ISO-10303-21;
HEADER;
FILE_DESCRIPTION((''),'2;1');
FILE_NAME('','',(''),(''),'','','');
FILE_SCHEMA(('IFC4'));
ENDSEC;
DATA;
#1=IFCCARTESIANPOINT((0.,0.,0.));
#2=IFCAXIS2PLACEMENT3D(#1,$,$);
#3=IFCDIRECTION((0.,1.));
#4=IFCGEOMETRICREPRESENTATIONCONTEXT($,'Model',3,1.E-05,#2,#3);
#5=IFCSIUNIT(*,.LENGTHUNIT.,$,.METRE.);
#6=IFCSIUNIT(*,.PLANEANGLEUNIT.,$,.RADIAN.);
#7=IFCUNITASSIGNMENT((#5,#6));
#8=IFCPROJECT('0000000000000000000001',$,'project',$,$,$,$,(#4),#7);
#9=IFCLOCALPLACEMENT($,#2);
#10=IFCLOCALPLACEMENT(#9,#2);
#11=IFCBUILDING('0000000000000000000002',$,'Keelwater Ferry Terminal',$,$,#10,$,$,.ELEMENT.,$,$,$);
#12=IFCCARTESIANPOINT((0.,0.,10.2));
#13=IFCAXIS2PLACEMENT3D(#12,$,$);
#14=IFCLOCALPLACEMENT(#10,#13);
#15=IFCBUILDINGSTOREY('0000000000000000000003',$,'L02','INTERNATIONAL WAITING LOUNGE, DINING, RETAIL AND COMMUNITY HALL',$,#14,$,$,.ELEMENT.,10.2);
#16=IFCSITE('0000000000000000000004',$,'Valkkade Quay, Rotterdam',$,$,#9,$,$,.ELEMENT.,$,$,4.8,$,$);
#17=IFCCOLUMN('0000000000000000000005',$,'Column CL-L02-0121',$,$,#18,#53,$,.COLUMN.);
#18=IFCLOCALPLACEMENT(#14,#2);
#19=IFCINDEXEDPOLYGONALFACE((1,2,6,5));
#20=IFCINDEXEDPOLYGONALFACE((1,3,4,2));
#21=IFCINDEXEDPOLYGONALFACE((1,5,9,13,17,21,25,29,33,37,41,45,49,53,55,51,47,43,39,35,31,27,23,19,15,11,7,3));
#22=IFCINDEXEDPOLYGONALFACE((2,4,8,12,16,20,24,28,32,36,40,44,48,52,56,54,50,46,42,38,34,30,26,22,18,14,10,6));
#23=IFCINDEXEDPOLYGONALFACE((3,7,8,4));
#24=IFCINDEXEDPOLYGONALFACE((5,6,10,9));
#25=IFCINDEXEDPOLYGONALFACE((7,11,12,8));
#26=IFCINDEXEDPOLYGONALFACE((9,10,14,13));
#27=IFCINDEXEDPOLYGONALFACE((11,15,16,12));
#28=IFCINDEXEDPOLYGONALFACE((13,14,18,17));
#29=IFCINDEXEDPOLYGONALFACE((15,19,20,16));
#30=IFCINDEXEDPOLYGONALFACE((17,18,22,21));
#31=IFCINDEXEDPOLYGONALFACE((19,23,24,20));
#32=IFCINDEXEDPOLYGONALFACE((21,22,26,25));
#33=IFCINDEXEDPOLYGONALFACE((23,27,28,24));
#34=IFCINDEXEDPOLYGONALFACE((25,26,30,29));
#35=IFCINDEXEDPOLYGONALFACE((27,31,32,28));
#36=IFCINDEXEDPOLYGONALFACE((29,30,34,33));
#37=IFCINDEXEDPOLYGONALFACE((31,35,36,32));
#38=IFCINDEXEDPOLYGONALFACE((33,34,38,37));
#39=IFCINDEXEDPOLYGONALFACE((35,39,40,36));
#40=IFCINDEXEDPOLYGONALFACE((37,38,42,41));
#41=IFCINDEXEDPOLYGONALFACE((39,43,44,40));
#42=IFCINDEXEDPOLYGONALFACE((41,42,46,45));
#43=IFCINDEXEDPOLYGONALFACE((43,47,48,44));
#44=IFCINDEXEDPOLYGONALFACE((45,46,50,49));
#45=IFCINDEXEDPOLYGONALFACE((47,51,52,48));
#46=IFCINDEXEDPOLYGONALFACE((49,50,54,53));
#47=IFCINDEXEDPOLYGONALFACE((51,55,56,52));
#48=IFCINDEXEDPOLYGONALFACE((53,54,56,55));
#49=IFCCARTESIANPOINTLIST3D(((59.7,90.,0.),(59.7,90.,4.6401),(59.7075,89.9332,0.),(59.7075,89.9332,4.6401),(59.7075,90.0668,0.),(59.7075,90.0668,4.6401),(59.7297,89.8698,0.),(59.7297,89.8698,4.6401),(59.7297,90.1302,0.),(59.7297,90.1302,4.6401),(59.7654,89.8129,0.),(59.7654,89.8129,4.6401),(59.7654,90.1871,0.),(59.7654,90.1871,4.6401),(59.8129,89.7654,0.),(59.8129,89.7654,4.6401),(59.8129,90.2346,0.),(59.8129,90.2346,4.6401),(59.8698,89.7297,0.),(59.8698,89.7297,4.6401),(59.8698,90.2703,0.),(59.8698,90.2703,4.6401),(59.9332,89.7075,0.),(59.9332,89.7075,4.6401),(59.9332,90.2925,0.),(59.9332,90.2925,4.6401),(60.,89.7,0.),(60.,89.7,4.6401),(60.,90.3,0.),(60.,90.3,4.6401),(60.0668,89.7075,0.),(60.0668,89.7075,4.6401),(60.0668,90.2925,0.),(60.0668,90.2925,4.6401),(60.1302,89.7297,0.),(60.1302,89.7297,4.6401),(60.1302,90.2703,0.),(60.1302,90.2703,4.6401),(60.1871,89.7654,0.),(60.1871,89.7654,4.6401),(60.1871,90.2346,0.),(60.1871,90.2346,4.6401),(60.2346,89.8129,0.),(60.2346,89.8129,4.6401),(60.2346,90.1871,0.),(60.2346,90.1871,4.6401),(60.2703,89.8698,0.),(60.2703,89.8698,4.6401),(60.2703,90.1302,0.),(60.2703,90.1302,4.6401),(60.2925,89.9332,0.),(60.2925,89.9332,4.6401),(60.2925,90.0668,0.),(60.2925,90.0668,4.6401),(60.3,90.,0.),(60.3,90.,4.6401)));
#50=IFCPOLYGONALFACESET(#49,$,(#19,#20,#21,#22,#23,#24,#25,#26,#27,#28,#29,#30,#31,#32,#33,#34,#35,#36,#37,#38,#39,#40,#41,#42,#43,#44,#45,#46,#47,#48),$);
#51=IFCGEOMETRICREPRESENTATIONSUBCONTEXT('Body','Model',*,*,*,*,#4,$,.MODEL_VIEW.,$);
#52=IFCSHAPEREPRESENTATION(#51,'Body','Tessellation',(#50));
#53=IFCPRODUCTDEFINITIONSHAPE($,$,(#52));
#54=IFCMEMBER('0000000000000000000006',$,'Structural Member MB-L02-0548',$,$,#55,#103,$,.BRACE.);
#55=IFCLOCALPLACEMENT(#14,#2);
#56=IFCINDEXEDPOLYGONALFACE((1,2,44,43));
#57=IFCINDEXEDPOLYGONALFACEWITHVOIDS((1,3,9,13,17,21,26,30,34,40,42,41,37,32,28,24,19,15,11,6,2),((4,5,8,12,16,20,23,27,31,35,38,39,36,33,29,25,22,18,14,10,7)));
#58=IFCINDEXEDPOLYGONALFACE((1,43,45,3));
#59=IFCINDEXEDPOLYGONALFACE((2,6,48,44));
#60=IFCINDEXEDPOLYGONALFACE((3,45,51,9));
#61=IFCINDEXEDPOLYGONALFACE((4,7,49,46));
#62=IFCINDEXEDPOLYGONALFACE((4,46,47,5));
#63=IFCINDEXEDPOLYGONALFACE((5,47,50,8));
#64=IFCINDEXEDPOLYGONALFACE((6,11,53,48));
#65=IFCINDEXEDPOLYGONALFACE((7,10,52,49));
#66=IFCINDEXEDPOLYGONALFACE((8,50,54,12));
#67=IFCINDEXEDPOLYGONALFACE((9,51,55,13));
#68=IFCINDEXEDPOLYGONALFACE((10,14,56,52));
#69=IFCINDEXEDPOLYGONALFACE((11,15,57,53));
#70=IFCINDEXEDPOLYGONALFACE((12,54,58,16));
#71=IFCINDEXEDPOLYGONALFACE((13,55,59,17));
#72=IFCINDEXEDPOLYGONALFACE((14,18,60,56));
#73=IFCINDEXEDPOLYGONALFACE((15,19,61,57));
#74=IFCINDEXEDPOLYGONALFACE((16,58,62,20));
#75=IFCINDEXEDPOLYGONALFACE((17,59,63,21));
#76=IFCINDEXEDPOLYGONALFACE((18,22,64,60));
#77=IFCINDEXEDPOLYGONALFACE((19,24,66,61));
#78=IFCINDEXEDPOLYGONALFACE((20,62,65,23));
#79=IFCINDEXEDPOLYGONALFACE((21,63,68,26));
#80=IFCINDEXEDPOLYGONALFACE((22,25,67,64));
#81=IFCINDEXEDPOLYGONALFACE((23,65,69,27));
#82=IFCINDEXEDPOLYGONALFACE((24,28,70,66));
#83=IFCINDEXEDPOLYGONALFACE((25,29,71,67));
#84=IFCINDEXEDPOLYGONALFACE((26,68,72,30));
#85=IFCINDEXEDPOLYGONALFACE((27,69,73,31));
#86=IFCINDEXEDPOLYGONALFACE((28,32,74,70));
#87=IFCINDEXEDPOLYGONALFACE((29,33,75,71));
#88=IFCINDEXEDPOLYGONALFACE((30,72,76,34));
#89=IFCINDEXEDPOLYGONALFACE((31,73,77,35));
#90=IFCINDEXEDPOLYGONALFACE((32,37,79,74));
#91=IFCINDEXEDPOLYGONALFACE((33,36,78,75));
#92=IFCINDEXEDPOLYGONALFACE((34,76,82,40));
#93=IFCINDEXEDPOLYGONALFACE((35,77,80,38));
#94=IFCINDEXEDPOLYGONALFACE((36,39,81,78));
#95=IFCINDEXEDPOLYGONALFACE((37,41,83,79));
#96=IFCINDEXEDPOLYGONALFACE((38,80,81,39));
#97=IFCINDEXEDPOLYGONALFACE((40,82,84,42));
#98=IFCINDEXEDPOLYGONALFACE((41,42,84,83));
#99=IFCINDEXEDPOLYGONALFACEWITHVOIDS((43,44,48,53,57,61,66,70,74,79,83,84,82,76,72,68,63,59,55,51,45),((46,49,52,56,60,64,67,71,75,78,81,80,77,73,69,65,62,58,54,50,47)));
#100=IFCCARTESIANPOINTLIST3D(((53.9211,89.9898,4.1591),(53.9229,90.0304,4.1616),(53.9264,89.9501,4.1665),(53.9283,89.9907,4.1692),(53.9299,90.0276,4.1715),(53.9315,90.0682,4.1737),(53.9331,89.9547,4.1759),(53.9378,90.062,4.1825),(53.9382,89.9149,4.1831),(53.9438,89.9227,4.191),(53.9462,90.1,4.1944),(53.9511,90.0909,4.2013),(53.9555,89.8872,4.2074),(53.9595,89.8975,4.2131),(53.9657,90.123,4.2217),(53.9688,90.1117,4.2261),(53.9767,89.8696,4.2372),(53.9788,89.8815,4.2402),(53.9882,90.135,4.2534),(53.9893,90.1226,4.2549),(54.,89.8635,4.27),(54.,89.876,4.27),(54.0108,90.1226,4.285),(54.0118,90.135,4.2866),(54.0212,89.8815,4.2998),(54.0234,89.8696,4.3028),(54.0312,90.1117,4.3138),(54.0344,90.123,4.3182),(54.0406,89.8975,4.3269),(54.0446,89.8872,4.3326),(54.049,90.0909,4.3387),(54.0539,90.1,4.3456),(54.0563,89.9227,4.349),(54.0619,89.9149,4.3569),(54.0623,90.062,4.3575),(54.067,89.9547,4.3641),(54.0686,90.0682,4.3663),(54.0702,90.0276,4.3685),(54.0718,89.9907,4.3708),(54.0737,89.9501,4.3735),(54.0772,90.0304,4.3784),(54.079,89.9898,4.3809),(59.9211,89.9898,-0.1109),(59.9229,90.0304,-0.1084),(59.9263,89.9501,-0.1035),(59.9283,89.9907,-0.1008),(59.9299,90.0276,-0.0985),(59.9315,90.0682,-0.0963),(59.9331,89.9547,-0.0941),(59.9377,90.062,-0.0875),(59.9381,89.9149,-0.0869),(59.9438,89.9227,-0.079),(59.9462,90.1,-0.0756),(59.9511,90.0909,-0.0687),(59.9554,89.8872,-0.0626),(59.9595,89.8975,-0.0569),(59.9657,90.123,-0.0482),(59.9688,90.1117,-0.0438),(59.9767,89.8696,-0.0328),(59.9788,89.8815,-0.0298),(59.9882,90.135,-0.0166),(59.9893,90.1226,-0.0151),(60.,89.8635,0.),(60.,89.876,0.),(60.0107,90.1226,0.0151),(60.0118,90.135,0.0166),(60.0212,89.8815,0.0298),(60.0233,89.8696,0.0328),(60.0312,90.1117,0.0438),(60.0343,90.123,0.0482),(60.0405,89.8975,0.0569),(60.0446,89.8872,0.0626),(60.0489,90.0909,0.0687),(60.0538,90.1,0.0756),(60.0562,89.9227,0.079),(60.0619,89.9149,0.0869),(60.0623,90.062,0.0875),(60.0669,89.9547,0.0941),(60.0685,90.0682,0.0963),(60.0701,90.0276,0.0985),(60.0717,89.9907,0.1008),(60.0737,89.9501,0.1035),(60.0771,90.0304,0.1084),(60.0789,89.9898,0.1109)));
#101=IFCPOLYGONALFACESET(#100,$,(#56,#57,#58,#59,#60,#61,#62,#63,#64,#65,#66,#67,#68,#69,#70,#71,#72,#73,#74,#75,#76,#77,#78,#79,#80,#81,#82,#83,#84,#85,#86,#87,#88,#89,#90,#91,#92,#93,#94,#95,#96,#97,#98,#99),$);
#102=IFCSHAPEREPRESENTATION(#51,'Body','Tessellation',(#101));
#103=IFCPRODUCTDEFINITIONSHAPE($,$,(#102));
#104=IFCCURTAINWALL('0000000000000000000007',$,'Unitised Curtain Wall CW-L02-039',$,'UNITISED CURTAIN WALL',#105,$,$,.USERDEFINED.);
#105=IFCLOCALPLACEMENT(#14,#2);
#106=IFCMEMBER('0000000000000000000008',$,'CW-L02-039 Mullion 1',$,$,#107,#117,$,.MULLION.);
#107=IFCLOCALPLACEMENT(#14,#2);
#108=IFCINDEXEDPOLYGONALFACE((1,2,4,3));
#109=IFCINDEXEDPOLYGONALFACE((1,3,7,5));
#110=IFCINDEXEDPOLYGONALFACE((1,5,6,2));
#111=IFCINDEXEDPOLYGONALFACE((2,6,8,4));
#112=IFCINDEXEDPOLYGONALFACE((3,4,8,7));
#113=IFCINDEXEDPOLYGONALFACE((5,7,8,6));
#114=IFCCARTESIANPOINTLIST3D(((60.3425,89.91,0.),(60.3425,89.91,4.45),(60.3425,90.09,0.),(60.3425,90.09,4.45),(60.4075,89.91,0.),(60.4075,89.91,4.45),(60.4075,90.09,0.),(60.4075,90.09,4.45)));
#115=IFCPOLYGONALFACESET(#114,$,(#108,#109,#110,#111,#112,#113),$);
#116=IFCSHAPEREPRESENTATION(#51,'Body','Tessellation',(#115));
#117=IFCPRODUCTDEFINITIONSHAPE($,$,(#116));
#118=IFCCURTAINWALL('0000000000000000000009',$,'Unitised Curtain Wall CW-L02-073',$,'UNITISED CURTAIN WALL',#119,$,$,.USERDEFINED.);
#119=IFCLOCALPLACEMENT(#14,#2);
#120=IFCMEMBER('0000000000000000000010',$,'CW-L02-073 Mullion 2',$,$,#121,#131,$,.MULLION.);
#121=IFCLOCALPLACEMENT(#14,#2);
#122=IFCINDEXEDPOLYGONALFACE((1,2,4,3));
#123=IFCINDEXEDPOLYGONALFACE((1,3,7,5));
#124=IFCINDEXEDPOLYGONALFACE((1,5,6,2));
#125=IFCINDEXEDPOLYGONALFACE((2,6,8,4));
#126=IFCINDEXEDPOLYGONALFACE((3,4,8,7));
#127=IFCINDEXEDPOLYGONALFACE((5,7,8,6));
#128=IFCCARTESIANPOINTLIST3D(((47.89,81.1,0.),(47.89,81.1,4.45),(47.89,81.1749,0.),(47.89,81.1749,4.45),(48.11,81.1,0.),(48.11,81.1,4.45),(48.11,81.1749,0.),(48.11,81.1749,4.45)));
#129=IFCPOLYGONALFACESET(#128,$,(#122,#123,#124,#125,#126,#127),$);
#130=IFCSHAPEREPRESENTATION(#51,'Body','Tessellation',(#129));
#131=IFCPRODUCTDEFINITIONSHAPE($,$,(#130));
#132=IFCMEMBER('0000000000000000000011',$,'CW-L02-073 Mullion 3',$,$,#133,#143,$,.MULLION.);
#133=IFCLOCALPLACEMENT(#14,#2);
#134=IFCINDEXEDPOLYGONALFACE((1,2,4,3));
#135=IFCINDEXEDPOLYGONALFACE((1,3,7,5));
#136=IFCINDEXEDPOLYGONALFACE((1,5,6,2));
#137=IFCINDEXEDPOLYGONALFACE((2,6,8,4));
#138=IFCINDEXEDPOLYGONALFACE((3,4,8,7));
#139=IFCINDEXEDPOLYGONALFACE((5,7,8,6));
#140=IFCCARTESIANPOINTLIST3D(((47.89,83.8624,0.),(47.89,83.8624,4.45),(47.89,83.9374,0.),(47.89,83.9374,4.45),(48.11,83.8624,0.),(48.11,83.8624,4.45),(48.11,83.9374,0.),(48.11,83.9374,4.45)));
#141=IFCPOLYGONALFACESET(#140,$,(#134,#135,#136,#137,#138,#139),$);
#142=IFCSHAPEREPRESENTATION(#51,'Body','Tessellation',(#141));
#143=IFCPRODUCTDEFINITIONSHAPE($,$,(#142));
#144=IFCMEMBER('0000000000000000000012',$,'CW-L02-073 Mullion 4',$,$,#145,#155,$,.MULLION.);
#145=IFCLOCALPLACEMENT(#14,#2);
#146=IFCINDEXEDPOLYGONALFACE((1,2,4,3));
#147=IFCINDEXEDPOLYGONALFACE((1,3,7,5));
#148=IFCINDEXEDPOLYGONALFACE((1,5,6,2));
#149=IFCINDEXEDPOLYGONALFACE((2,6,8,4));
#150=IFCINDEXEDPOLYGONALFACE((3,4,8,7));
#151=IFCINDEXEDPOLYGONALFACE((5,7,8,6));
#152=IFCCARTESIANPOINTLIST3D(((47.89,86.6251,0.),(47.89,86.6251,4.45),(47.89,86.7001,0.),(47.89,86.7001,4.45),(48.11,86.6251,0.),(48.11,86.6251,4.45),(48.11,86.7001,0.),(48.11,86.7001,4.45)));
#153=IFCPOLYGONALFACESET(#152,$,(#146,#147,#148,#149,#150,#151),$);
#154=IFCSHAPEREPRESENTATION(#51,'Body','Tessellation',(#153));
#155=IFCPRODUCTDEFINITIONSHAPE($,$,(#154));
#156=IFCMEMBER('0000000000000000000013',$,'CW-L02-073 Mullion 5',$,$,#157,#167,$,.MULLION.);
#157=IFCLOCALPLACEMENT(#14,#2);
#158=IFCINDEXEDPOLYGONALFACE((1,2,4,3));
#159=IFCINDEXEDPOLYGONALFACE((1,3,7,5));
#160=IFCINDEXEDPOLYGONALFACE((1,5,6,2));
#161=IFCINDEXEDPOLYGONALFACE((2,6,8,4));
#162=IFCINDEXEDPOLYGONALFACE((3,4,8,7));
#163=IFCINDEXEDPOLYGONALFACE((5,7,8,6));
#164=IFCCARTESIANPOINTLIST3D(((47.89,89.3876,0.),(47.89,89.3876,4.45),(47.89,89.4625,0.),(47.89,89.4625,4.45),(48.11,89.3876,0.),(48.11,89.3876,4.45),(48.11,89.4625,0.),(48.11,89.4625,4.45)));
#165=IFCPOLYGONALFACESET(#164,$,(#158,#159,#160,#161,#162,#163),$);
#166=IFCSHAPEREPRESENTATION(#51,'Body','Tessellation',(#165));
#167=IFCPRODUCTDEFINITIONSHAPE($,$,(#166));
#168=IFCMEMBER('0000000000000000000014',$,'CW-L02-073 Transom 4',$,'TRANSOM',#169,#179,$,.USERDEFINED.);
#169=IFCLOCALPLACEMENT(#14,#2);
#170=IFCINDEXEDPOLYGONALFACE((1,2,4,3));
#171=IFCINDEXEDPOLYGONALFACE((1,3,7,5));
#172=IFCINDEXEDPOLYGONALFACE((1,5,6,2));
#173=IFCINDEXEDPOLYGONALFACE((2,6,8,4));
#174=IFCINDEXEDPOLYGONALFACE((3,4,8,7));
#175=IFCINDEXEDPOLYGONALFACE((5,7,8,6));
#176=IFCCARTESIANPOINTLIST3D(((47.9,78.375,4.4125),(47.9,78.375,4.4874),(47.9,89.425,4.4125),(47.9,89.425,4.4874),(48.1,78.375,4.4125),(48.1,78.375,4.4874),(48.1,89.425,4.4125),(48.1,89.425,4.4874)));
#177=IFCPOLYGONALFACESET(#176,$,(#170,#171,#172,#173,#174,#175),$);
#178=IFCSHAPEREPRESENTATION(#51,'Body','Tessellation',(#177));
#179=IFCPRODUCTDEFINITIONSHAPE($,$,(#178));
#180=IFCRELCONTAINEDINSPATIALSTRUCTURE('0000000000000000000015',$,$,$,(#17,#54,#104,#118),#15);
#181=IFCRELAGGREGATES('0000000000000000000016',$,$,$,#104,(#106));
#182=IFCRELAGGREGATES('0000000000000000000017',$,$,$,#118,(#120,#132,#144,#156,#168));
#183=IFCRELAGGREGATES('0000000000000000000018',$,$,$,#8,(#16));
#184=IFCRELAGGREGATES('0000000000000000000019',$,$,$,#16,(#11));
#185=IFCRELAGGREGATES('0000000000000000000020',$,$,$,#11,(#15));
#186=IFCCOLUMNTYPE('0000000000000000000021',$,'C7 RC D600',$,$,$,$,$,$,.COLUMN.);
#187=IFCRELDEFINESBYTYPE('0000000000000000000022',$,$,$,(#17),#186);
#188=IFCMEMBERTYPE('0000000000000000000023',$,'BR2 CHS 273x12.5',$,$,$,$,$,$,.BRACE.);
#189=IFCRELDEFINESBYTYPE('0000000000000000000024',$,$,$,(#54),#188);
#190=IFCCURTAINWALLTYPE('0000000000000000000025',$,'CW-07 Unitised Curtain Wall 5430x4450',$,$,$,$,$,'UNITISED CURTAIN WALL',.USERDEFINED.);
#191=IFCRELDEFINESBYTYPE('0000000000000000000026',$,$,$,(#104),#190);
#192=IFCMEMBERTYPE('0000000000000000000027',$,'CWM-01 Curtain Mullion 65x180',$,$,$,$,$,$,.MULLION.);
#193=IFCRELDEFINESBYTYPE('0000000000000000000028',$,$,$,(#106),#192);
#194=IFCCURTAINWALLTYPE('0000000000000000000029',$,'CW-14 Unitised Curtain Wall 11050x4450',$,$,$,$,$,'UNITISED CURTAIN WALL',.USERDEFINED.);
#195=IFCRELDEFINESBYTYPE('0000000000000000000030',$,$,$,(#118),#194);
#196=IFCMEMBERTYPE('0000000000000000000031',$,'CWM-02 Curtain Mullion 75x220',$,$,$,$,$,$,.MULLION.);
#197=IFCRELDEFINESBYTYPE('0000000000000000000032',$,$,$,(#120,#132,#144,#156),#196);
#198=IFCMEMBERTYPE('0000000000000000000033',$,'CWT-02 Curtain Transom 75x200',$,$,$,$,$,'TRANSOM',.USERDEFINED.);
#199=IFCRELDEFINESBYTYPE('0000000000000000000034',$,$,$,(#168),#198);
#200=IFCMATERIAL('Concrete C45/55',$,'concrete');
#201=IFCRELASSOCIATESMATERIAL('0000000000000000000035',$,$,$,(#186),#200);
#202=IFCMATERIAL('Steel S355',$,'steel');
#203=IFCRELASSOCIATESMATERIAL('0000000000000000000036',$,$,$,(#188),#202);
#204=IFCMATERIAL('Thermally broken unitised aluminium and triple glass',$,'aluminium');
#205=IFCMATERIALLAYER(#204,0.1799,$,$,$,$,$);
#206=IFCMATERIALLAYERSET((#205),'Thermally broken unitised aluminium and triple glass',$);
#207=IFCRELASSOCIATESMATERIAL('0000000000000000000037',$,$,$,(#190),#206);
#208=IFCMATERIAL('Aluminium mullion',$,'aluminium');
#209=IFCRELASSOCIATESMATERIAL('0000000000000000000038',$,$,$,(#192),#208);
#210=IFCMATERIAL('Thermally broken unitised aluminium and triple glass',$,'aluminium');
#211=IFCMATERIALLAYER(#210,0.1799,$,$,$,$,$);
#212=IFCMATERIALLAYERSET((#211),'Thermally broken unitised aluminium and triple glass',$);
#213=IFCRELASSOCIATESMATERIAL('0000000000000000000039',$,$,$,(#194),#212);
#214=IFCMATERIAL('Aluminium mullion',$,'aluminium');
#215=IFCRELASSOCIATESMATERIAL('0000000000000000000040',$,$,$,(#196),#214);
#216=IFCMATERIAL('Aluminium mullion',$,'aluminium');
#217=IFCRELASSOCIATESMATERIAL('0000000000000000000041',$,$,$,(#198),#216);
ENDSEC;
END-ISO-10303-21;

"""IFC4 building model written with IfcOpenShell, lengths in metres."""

from ifc_helpers import new_model, si_unit, direction, frame, origin, origin_2d, place, context, subcontext, project, spatial, rectangle, circle, hollow_circle, extrude, material, layer, layer_set, material_profile, profile_set, type_object, element, aggregate, save


model = new_model("IFC4")

# Units and contexts
model_context = context("Model", 3, precision=1e-05, world=origin(), true_north=direction((0.0, 1.0)))
body_context = subcontext(model_context, "Body", "Model", "MODEL_VIEW")
ifc_project = project(units=[si_unit("LENGTHUNIT", "METRE"), si_unit("PLANEANGLEUNIT", "RADIAN")], contexts=[model_context])

# Site, building, storey
site_placement = place(None, origin())
site = spatial("IfcSite", under=ifc_project, at=site_placement, Name="Valkkade Quay, Rotterdam", CompositionType="ELEMENT", RefElevation=4.8)
building_placement = place(site_placement, origin())
building = spatial("IfcBuilding", under=site, at=building_placement, Name="Keelwater Ferry Terminal", CompositionType="ELEMENT")
storey_placement = place(building_placement, frame((0.0, 0.0, 10.2)))
storey = spatial("IfcBuildingStorey", under=building, at=storey_placement, Name="L02", Description="INTERNATIONAL WAITING LOUNGE, DINING, RETAIL AND COMMUNITY HALL", CompositionType="ELEMENT", Elevation=10.2)

# Column
ifc_material_1 = material(Name="Concrete C45/55", Category="concrete")
ifc_material_profile_1 = material_profile(ifc_material_1, circle(Radius=0.3, at=origin_2d()), Name="RC D600")
ifc_profile_set_1 = profile_set([ifc_material_profile_1], Name="Concrete C45/55")
column_type = type_object("IfcColumnType", Name="C7 RC D600", PredefinedType="COLUMN", material=ifc_profile_set_1)
column_placement = place(storey_placement, frame((60.0, 90.0, 0.0), z_axis=(0.0, 0.0, 1.0), x_axis=(1.0, 0.0, 0.0)))
element("IfcColumn", 1, at=column_placement, inside=storey, type_object=column_type, Name="Column CL-L02-0121", PredefinedType="COLUMN", context=body_context, shape_type="SweptSolid", body=[
    extrude(circle(Radius=0.3, at=origin_2d()), origin(), (0.0, 0.0, 1.0), 4.6401),
])

# Member
ifc_material_2 = material(Name="Steel S355", Category="steel")
ifc_material_profile_2 = material_profile(ifc_material_2, hollow_circle(Radius=0.1365, WallThickness=0.0125, at=origin_2d()), Name="CHS 273x12.5")
ifc_profile_set_2 = profile_set([ifc_material_profile_2], Name="Steel S355")
member_type_1 = type_object("IfcMemberType", Name="BR2 CHS 273x12.5", PredefinedType="BRACE", material=ifc_profile_set_2)
member_1_placement = place(storey_placement, frame((60.0, 90.0, 0.0), z_axis=(-0.81474, 0.0, 0.579826), x_axis=(0.0, -1.0, 0.0)))
element("IfcMember", 2, at=member_1_placement, inside=storey, type_object=member_type_1, Name="Structural Member MB-L02-0548", PredefinedType="BRACE", context=body_context, shape_type="SweptSolid", body=[
    extrude(hollow_circle(Radius=0.1365, WallThickness=0.0125, at=origin_2d()), origin(), (0.0, 0.0, 1.0), 7.3643),
])

# Curtain wall, member
ifc_material_3 = material(Name="Thermally broken unitised aluminium and triple glass", Category="aluminium")
ifc_layer_1 = layer(ifc_material_3, 0.1799)
ifc_layer_set_1 = layer_set([ifc_layer_1], Name="Thermally broken unitised aluminium and triple glass")
curtain_wall_type_1 = type_object("IfcCurtainWallType", Name="CW-07 Unitised Curtain Wall 5430x4450", ElementType="UNITISED CURTAIN WALL", PredefinedType="USERDEFINED", material=ifc_layer_set_1)
curtain_wall_1_placement = place(storey_placement, origin())
curtain_wall_1 = element("IfcCurtainWall", 3, at=curtain_wall_1_placement, inside=storey, type_object=curtain_wall_type_1, Name="Unitised Curtain Wall CW-L02-039", ObjectType="UNITISED CURTAIN WALL", PredefinedType="USERDEFINED")
ifc_material_4 = material(Name="Aluminium mullion", Category="aluminium")
ifc_material_profile_3 = material_profile(ifc_material_4, rectangle(XDim=0.0649, YDim=0.1799, at=origin_2d()), Name="CWM-01")
ifc_profile_set_3 = profile_set([ifc_material_profile_3], Name="Aluminium mullion")
member_type_2 = type_object("IfcMemberType", Name="CWM-01 Curtain Mullion 65x180", PredefinedType="MULLION", material=ifc_profile_set_3)
member_2_placement = place(storey_placement, frame((60.375, 90.0, 0.0), z_axis=(0.0, 0.0, 1.0), x_axis=(1.0, 0.0, 0.0)))
member_2 = element("IfcMember", 4, at=member_2_placement, type_object=member_type_2, Name="CW-L02-039 Mullion 1", PredefinedType="MULLION", context=body_context, shape_type="SweptSolid", body=[
    extrude(rectangle(XDim=0.0649, YDim=0.1799, at=origin_2d()), origin(), (0.0, 0.0, 1.0), 4.45),
])
aggregate(curtain_wall_1, [member_2])

# Curtain wall, members
ifc_material_5 = material(Name="Thermally broken unitised aluminium and triple glass", Category="aluminium")
ifc_layer_2 = layer(ifc_material_5, 0.1799)
ifc_layer_set_2 = layer_set([ifc_layer_2], Name="Thermally broken unitised aluminium and triple glass")
curtain_wall_type_2 = type_object("IfcCurtainWallType", Name="CW-14 Unitised Curtain Wall 11050x4450", ElementType="UNITISED CURTAIN WALL", PredefinedType="USERDEFINED", material=ifc_layer_set_2)
curtain_wall_2_placement = place(storey_placement, origin())
curtain_wall_2 = element("IfcCurtainWall", 5, at=curtain_wall_2_placement, inside=storey, type_object=curtain_wall_type_2, Name="Unitised Curtain Wall CW-L02-073", ObjectType="UNITISED CURTAIN WALL", PredefinedType="USERDEFINED")
ifc_material_6 = material(Name="Aluminium mullion", Category="aluminium")
ifc_material_profile_4 = material_profile(ifc_material_6, rectangle(XDim=0.075, YDim=0.22, at=origin_2d()), Name="CWM-02")
ifc_profile_set_4 = profile_set([ifc_material_profile_4], Name="Aluminium mullion")
member_type_3 = type_object("IfcMemberType", Name="CWM-02 Curtain Mullion 75x220", PredefinedType="MULLION", material=ifc_profile_set_4)
member_3_placement = place(storey_placement, frame((48.0, 81.1375, 0.0), z_axis=(0.0, 0.0, 1.0), x_axis=(0.0, 1.0, 0.0)))
member_3 = element("IfcMember", 6, at=member_3_placement, type_object=member_type_3, Name="CW-L02-073 Mullion 2", PredefinedType="MULLION", context=body_context, shape_type="SweptSolid", body=[
    extrude(rectangle(XDim=0.075, YDim=0.22, at=origin_2d()), origin(), (0.0, 0.0, 1.0), 4.45),
])
member_4_placement = place(storey_placement, frame((48.0, 83.8999, 0.0), z_axis=(0.0, 0.0, 1.0), x_axis=(0.0, 1.0, 0.0)))
member_4 = element("IfcMember", 7, at=member_4_placement, type_object=member_type_3, Name="CW-L02-073 Mullion 3", PredefinedType="MULLION", context=body_context, shape_type="SweptSolid", body=[
    extrude(rectangle(XDim=0.075, YDim=0.22, at=origin_2d()), origin(), (0.0, 0.0, 1.0), 4.45),
])
member_5_placement = place(storey_placement, frame((48.0, 86.6626, 0.0), z_axis=(0.0, 0.0, 1.0), x_axis=(0.0, 1.0, 0.0)))
member_5 = element("IfcMember", 8, at=member_5_placement, type_object=member_type_3, Name="CW-L02-073 Mullion 4", PredefinedType="MULLION", context=body_context, shape_type="SweptSolid", body=[
    extrude(rectangle(XDim=0.075, YDim=0.22, at=origin_2d()), origin(), (0.0, 0.0, 1.0), 4.45),
])
member_6_placement = place(storey_placement, frame((48.0, 89.425, 0.0), z_axis=(0.0, 0.0, 1.0), x_axis=(0.0, 1.0, 0.0)))
member_6 = element("IfcMember", 9, at=member_6_placement, type_object=member_type_3, Name="CW-L02-073 Mullion 5", PredefinedType="MULLION", context=body_context, shape_type="SweptSolid", body=[
    extrude(rectangle(XDim=0.075, YDim=0.22, at=origin_2d()), origin(), (0.0, 0.0, 1.0), 4.45),
])
ifc_material_7 = material(Name="Aluminium mullion", Category="aluminium")
ifc_material_profile_5 = material_profile(ifc_material_7, rectangle(XDim=0.2, YDim=0.075, at=origin_2d()), Name="CWT-02")
ifc_profile_set_5 = profile_set([ifc_material_profile_5], Name="Aluminium mullion")
member_type_4 = type_object("IfcMemberType", Name="CWT-02 Curtain Transom 75x200", ElementType="TRANSOM", PredefinedType="USERDEFINED", material=ifc_profile_set_5)
member_7_placement = place(storey_placement, frame((48.0, 78.375, 4.45), z_axis=(0.0, 1.0, 0.0), x_axis=(-1.0, 0.0, 0.0)))
member_7 = element("IfcMember", 10, at=member_7_placement, type_object=member_type_4, Name="CW-L02-073 Transom 4", ObjectType="TRANSOM", PredefinedType="USERDEFINED", context=body_context, shape_type="SweptSolid", body=[
    extrude(rectangle(XDim=0.2, YDim=0.075, at=origin_2d()), origin(), (0.0, 0.0, 1.0), 11.05),
])

aggregate(curtain_wall_2, [member_3, member_4, member_5, member_6, member_7])

save(model, "model.ifc")
